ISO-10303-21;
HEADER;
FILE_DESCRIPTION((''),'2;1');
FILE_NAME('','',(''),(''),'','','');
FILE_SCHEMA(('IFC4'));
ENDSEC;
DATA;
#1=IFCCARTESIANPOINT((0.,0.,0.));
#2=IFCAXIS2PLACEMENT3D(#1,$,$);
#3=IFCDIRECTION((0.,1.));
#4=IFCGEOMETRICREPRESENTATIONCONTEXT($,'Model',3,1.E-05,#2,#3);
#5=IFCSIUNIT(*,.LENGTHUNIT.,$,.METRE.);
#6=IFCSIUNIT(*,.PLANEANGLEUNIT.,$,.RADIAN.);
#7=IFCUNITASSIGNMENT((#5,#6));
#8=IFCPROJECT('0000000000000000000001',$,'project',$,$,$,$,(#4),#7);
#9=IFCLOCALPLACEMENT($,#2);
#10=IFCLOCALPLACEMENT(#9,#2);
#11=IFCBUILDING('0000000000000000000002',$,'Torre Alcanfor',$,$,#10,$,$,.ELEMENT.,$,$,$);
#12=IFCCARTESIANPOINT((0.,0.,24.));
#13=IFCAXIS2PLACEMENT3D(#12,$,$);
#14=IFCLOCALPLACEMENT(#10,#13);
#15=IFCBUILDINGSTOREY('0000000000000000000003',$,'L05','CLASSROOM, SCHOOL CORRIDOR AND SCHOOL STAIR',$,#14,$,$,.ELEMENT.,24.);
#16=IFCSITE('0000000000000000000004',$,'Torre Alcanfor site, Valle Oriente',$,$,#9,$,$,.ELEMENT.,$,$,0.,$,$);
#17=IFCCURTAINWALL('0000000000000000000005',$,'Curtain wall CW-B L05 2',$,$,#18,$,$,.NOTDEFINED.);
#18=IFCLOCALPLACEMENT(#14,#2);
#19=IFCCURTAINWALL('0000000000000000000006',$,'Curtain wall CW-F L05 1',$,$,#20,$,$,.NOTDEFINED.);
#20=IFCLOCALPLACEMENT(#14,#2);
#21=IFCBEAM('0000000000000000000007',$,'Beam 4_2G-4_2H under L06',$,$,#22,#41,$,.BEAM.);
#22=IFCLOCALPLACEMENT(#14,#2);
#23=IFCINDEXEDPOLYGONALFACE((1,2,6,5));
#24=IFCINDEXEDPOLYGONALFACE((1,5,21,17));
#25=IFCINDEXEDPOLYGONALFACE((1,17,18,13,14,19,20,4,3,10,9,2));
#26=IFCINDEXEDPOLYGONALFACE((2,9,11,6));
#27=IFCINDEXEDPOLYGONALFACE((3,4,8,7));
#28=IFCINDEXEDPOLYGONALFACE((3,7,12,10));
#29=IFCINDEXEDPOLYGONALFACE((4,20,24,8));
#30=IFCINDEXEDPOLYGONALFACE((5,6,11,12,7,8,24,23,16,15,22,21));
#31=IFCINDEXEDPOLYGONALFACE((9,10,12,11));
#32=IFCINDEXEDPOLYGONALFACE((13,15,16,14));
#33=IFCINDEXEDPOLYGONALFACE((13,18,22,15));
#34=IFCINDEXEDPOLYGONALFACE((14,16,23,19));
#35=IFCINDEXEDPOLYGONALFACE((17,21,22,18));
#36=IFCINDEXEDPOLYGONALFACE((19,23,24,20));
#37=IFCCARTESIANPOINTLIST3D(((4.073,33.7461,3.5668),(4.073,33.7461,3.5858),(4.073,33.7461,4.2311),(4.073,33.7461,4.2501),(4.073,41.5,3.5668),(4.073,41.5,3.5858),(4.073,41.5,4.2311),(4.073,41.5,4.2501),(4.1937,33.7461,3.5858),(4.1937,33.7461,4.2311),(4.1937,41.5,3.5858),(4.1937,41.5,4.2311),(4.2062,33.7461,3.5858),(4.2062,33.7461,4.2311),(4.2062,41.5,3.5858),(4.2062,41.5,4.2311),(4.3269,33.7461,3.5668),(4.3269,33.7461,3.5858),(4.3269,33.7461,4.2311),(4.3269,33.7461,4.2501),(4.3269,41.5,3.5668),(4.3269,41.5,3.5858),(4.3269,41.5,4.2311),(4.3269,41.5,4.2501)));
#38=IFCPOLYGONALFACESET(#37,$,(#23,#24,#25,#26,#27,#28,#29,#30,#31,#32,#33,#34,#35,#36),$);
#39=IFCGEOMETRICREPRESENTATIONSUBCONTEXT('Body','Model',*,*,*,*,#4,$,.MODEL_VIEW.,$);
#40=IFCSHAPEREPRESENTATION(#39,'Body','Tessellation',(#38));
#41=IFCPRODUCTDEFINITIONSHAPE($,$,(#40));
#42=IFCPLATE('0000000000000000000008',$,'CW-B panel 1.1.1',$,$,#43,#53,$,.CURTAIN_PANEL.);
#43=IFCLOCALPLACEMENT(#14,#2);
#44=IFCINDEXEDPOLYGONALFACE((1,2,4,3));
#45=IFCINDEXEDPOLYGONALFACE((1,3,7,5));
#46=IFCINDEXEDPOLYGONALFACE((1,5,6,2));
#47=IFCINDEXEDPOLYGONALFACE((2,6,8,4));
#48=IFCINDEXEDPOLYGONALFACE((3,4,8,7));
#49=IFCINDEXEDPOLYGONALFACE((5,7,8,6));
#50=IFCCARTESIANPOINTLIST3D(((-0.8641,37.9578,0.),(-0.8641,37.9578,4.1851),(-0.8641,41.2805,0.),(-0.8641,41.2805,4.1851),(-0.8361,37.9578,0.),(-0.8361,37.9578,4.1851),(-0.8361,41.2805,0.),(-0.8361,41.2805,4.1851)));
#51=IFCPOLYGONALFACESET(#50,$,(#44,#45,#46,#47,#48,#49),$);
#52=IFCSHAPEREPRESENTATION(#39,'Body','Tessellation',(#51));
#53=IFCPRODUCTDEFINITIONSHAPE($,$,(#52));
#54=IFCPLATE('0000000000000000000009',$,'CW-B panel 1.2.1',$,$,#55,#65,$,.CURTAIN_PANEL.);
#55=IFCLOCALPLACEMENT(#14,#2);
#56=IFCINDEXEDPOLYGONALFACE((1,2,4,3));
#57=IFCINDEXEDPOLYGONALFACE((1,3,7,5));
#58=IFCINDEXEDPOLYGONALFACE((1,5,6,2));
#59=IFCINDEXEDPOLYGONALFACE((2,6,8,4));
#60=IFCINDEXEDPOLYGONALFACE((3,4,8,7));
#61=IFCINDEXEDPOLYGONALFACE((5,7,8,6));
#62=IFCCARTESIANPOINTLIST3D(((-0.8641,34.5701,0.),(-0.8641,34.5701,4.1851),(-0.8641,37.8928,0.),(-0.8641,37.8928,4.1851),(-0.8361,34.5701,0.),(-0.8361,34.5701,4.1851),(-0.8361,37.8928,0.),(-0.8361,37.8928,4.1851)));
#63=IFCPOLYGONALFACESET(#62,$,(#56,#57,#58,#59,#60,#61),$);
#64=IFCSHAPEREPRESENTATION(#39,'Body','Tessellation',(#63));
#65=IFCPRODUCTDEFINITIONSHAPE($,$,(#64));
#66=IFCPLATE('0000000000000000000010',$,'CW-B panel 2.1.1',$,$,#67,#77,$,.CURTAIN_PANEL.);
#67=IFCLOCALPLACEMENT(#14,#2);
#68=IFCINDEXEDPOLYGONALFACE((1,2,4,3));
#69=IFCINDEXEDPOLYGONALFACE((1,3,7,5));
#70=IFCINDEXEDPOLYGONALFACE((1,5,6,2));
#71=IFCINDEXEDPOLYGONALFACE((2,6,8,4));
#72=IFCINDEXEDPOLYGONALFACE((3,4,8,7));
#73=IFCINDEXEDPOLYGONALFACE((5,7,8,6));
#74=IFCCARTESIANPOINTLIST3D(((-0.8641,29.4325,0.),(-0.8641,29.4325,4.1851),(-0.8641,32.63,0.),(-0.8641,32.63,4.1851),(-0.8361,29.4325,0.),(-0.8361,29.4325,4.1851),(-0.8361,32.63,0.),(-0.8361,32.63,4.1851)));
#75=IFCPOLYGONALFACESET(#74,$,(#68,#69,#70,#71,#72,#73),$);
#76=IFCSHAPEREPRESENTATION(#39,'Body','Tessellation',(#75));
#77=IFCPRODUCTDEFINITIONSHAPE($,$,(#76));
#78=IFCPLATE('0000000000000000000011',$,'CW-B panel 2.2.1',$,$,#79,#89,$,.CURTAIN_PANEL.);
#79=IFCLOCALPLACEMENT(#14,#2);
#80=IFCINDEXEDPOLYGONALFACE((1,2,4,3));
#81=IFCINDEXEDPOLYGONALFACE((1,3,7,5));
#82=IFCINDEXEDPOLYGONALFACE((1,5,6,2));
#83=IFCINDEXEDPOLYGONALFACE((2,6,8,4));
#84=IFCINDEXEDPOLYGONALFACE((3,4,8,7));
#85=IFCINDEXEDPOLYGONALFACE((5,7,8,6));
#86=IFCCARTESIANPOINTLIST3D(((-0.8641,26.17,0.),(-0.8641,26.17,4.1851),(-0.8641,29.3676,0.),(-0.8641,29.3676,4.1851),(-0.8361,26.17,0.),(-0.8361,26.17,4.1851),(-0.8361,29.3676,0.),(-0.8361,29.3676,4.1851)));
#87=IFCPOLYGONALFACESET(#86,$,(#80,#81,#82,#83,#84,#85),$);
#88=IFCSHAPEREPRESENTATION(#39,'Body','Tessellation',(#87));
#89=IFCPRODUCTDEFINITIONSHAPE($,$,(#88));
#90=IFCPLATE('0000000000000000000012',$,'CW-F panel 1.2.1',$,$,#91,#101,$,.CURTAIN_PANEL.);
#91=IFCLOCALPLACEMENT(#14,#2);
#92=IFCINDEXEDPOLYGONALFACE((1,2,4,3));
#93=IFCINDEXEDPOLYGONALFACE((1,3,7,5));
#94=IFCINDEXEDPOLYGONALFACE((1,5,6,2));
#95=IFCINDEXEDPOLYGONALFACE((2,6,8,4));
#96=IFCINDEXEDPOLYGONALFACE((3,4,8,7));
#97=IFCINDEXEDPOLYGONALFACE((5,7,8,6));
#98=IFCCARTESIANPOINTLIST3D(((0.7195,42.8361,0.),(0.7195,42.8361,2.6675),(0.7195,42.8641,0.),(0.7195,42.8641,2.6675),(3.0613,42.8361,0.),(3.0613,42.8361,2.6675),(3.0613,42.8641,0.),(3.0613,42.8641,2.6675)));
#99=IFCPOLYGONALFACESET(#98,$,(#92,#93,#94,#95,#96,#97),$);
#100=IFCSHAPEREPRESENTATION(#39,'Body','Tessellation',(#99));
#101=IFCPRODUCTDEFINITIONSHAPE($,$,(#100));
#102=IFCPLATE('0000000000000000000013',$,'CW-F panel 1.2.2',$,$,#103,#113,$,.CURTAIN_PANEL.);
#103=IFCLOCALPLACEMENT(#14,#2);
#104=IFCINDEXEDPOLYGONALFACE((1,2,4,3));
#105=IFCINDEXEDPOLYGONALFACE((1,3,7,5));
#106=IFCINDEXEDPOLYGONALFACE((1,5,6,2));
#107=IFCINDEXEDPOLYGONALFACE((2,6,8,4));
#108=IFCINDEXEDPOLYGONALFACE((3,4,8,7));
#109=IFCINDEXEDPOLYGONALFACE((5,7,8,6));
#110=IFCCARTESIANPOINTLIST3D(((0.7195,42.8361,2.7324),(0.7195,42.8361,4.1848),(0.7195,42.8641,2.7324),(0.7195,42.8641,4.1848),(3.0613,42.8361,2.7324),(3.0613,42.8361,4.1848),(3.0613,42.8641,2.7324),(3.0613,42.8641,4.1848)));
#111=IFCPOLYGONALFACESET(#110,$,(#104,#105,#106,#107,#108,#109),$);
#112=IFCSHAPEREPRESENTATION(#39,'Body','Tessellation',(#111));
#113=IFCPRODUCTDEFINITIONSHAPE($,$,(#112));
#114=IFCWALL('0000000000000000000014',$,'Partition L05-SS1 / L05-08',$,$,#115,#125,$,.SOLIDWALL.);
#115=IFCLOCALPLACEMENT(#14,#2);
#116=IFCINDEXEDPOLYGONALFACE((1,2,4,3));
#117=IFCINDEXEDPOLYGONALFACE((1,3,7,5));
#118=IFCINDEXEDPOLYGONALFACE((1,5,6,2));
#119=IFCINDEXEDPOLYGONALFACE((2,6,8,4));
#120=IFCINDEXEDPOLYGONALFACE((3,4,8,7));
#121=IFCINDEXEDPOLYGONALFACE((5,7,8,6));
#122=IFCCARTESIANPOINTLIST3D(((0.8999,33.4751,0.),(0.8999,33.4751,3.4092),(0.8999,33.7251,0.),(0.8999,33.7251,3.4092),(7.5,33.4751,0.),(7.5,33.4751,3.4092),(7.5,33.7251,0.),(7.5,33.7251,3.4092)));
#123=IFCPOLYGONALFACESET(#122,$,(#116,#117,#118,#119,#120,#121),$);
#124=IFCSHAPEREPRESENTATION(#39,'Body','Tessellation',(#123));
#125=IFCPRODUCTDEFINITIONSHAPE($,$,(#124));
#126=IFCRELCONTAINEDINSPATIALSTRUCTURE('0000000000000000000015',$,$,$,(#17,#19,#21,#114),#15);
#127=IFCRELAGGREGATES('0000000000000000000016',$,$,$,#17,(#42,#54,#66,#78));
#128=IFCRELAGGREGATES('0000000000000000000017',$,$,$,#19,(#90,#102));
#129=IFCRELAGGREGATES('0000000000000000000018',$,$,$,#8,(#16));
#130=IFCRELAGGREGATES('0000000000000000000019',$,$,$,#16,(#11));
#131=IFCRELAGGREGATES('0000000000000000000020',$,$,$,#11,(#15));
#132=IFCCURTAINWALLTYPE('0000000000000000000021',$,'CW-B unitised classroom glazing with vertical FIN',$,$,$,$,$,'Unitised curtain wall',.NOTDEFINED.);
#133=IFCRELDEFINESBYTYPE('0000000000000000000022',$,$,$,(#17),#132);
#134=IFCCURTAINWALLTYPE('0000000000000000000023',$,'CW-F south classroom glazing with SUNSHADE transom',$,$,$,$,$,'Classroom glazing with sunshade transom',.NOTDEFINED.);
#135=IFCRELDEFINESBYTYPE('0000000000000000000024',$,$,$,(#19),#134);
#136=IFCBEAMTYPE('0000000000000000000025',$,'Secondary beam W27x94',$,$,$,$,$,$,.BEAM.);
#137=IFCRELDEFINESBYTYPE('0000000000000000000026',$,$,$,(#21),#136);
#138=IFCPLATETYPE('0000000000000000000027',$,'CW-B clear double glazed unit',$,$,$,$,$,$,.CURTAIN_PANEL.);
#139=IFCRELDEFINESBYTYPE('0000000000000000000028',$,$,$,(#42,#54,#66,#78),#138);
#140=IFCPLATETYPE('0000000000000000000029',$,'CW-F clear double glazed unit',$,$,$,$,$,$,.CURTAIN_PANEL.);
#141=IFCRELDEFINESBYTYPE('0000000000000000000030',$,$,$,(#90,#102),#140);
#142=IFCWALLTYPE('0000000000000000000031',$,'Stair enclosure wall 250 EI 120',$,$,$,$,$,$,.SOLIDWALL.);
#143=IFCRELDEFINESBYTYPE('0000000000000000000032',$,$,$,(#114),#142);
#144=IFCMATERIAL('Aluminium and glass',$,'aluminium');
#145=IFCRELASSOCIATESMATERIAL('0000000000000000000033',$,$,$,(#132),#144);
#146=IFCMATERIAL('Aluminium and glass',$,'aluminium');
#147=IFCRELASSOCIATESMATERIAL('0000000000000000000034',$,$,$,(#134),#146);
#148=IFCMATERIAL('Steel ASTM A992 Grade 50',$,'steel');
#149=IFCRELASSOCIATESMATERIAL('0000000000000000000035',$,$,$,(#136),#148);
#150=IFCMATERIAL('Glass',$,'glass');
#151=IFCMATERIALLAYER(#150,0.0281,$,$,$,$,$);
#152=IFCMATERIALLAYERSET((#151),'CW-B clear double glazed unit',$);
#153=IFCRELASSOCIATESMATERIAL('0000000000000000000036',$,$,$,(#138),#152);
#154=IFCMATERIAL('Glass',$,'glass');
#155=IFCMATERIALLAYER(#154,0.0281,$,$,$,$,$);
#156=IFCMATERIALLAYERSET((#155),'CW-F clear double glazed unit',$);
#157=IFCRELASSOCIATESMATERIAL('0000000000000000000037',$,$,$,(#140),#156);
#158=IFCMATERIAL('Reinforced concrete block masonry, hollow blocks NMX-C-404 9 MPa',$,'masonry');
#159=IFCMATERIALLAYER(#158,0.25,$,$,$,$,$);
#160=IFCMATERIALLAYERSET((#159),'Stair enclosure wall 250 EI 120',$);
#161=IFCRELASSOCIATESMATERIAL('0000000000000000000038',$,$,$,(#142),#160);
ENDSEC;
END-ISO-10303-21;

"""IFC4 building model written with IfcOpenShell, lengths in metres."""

from ifc_helpers import new_model, si_unit, direction, frame, frame_2d, origin, origin_2d, place, context, subcontext, project, spatial, rectangle, i_section, extrude, material, layer, layer_set, material_profile, profile_set, type_object, element, aggregate, save


model = new_model("IFC4")

# Units and contexts
model_context = context("Model", 3, precision=1e-05, world=origin(), true_north=direction((0.0, 1.0)))
body_context = subcontext(model_context, "Body", "Model", "MODEL_VIEW")
ifc_project = project(units=[si_unit("LENGTHUNIT", "METRE"), si_unit("PLANEANGLEUNIT", "RADIAN")], contexts=[model_context])

# Site, building, storey
site_placement = place(None, origin())
site = spatial("IfcSite", under=ifc_project, at=site_placement, Name="Torre Alcanfor site, Valle Oriente", CompositionType="ELEMENT", RefElevation=0.0)
building_placement = place(site_placement, origin())
building = spatial("IfcBuilding", under=site, at=building_placement, Name="Torre Alcanfor", CompositionType="ELEMENT")
storey_placement = place(building_placement, frame((0.0, 0.0, 24.0)))
storey = spatial("IfcBuildingStorey", under=building, at=storey_placement, Name="L05", Description="CLASSROOM, SCHOOL CORRIDOR AND SCHOOL STAIR", CompositionType="ELEMENT", Elevation=24.0)

# Curtain walls
ifc_material_1 = material(Name="Aluminium and glass", Category="aluminium")
curtain_wall_type_1 = type_object("IfcCurtainWallType", Name="CW-B unitised classroom glazing with vertical FIN", ElementType="Unitised curtain wall", PredefinedType="NOTDEFINED", material=ifc_material_1)
curtain_wall_1_placement = place(storey_placement, origin())
curtain_wall_1 = element("IfcCurtainWall", 1, at=curtain_wall_1_placement, inside=storey, type_object=curtain_wall_type_1, Name="Curtain wall CW-B L05 2", PredefinedType="NOTDEFINED")
ifc_material_2 = material(Name="Aluminium and glass", Category="aluminium")
curtain_wall_type_2 = type_object("IfcCurtainWallType", Name="CW-F south classroom glazing with SUNSHADE transom", ElementType="Classroom glazing with sunshade transom", PredefinedType="NOTDEFINED", material=ifc_material_2)
curtain_wall_2_placement = place(storey_placement, origin())
curtain_wall_2 = element("IfcCurtainWall", 2, at=curtain_wall_2_placement, inside=storey, type_object=curtain_wall_type_2, Name="Curtain wall CW-F L05 1", PredefinedType="NOTDEFINED")

# Beam
ifc_material_3 = material(Name="Steel ASTM A992 Grade 50", Category="steel")
ifc_material_profile_1 = material_profile(ifc_material_3, i_section(OverallWidth=0.2539, OverallDepth=0.6833, WebThickness=0.0125, FlangeThickness=0.019, at=origin_2d()), Name="W27x94")
ifc_profile_set_1 = profile_set([ifc_material_profile_1], Name="Steel ASTM A992 Grade 50")
beam_type_1 = type_object("IfcBeamType", Name="Secondary beam W27x94", PredefinedType="BEAM", material=ifc_profile_set_1)
beam_1_placement = place(storey_placement, frame((4.2, 33.7461, 3.9084), z_axis=(0.0, 1.0, 0.0), x_axis=(-1.0, 0.0, 0.0)))
element("IfcBeam", 3, at=beam_1_placement, inside=storey, type_object=beam_type_1, Name="Beam 4_2G-4_2H under L06", PredefinedType="BEAM", context=body_context, shape_type="SweptSolid", body=[
    extrude(i_section(OverallWidth=0.2539, OverallDepth=0.6833, WebThickness=0.0125, FlangeThickness=0.019, at=origin_2d()), origin(), (0.0, 0.0, 1.0), 7.7539),
])

# Plates
ifc_material_4 = material(Name="Glass", Category="glass")
ifc_layer_1 = layer(ifc_material_4, 0.0281)
ifc_layer_set_1 = layer_set([ifc_layer_1], Name="CW-B clear double glazed unit")
plate_type_1 = type_object("IfcPlateType", Name="CW-B clear double glazed unit", PredefinedType="CURTAIN_PANEL", material=ifc_layer_set_1)
plate_1_placement = place(storey_placement, frame((-0.8501, 39.6191, 0.0), z_axis=(0.0, 0.0, 1.0), x_axis=(0.0, -1.0, 0.0)))
plate_1 = element("IfcPlate", 4, at=plate_1_placement, type_object=plate_type_1, Name="CW-B panel 1.1.1", PredefinedType="CURTAIN_PANEL", context=body_context, shape_type="SweptSolid", body=[
    extrude(rectangle(XDim=3.3228, YDim=0.0281, at=origin_2d()), origin(), (0.0, 0.0, 1.0), 4.1851),
])
plate_2_placement = place(storey_placement, frame((-0.8501, 36.2314, 0.0), z_axis=(0.0, 0.0, 1.0), x_axis=(0.0, -1.0, 0.0)))
plate_2 = element("IfcPlate", 5, at=plate_2_placement, type_object=plate_type_1, Name="CW-B panel 1.2.1", PredefinedType="CURTAIN_PANEL", context=body_context, shape_type="SweptSolid", body=[
    extrude(rectangle(XDim=3.3228, YDim=0.0281, at=origin_2d()), origin(), (0.0, 0.0, 1.0), 4.1851),
])
plate_3_placement = place(storey_placement, frame((-0.8501, 31.0312, 0.0), z_axis=(0.0, 0.0, 1.0), x_axis=(0.0, -1.0, 0.0)))
plate_3 = element("IfcPlate", 6, at=plate_3_placement, type_object=plate_type_1, Name="CW-B panel 2.1.1", PredefinedType="CURTAIN_PANEL", context=body_context, shape_type="SweptSolid", body=[
    extrude(rectangle(XDim=3.1975, YDim=0.0281, at=origin_2d()), origin(), (0.0, 0.0, 1.0), 4.1851),
])
plate_4_placement = place(storey_placement, frame((-0.8501, 27.7688, 0.0), z_axis=(0.0, 0.0, 1.0), x_axis=(0.0, -1.0, 0.0)))
plate_4 = element("IfcPlate", 7, at=plate_4_placement, type_object=plate_type_1, Name="CW-B panel 2.2.1", PredefinedType="CURTAIN_PANEL", context=body_context, shape_type="SweptSolid", body=[
    extrude(rectangle(XDim=3.1975, YDim=0.0281, at=origin_2d()), origin(), (0.0, 0.0, 1.0), 4.1851),
])
aggregate(curtain_wall_1, [plate_1, plate_2, plate_3, plate_4])
ifc_material_5 = material(Name="Glass", Category="glass")
ifc_layer_2 = layer(ifc_material_5, 0.0281)
ifc_layer_set_2 = layer_set([ifc_layer_2], Name="CW-F clear double glazed unit")
plate_type_2 = type_object("IfcPlateType", Name="CW-F clear double glazed unit", PredefinedType="CURTAIN_PANEL", material=ifc_layer_set_2)
plate_5_placement = place(storey_placement, frame((1.8904, 42.8501, 0.0), z_axis=(0.0, 0.0, 1.0), x_axis=(-1.0, 0.0, 0.0)))
plate_5 = element("IfcPlate", 8, at=plate_5_placement, type_object=plate_type_2, Name="CW-F panel 1.2.1", PredefinedType="CURTAIN_PANEL", context=body_context, shape_type="SweptSolid", body=[
    extrude(rectangle(XDim=2.3418, YDim=0.0281, at=origin_2d()), origin(), (0.0, 0.0, 1.0), 2.6675),
])
plate_6_placement = place(storey_placement, frame((1.8904, 42.8501, 2.7324), z_axis=(0.0, 0.0, 1.0), x_axis=(-1.0, 0.0, 0.0)))
plate_6 = element("IfcPlate", 9, at=plate_6_placement, type_object=plate_type_2, Name="CW-F panel 1.2.2", PredefinedType="CURTAIN_PANEL", context=body_context, shape_type="SweptSolid", body=[
    extrude(rectangle(XDim=2.3418, YDim=0.0281, at=origin_2d()), origin(), (0.0, 0.0, 1.0), 1.4524),
])
aggregate(curtain_wall_2, [plate_5, plate_6])

# Wall
ifc_material_6 = material(Name="Reinforced concrete block masonry, hollow blocks NMX-C-404 9 MPa", Category="masonry")
ifc_layer_3 = layer(ifc_material_6, 0.25)
ifc_layer_set_3 = layer_set([ifc_layer_3], Name="Stair enclosure wall 250 EI 120")
wall_type_1 = type_object("IfcWallType", Name="Stair enclosure wall 250 EI 120", PredefinedType="SOLIDWALL", material=ifc_layer_set_3)
wall_1_placement = place(storey_placement, frame((0.8999, 33.6001, 0.0), z_axis=(0.0, 0.0, 1.0), x_axis=(1.0, 0.0, 0.0)))
element("IfcWall", 10, at=wall_1_placement, inside=storey, type_object=wall_type_1, Name="Partition L05-SS1 / L05-08", PredefinedType="SOLIDWALL", context=body_context, shape_type="SweptSolid", body=[
    extrude(rectangle(XDim=6.6001, YDim=0.25, at=frame_2d((3.3, 0.0))), origin(), (0.0, 0.0, 1.0), 3.4092),
])

save(model, "model.ifc")
